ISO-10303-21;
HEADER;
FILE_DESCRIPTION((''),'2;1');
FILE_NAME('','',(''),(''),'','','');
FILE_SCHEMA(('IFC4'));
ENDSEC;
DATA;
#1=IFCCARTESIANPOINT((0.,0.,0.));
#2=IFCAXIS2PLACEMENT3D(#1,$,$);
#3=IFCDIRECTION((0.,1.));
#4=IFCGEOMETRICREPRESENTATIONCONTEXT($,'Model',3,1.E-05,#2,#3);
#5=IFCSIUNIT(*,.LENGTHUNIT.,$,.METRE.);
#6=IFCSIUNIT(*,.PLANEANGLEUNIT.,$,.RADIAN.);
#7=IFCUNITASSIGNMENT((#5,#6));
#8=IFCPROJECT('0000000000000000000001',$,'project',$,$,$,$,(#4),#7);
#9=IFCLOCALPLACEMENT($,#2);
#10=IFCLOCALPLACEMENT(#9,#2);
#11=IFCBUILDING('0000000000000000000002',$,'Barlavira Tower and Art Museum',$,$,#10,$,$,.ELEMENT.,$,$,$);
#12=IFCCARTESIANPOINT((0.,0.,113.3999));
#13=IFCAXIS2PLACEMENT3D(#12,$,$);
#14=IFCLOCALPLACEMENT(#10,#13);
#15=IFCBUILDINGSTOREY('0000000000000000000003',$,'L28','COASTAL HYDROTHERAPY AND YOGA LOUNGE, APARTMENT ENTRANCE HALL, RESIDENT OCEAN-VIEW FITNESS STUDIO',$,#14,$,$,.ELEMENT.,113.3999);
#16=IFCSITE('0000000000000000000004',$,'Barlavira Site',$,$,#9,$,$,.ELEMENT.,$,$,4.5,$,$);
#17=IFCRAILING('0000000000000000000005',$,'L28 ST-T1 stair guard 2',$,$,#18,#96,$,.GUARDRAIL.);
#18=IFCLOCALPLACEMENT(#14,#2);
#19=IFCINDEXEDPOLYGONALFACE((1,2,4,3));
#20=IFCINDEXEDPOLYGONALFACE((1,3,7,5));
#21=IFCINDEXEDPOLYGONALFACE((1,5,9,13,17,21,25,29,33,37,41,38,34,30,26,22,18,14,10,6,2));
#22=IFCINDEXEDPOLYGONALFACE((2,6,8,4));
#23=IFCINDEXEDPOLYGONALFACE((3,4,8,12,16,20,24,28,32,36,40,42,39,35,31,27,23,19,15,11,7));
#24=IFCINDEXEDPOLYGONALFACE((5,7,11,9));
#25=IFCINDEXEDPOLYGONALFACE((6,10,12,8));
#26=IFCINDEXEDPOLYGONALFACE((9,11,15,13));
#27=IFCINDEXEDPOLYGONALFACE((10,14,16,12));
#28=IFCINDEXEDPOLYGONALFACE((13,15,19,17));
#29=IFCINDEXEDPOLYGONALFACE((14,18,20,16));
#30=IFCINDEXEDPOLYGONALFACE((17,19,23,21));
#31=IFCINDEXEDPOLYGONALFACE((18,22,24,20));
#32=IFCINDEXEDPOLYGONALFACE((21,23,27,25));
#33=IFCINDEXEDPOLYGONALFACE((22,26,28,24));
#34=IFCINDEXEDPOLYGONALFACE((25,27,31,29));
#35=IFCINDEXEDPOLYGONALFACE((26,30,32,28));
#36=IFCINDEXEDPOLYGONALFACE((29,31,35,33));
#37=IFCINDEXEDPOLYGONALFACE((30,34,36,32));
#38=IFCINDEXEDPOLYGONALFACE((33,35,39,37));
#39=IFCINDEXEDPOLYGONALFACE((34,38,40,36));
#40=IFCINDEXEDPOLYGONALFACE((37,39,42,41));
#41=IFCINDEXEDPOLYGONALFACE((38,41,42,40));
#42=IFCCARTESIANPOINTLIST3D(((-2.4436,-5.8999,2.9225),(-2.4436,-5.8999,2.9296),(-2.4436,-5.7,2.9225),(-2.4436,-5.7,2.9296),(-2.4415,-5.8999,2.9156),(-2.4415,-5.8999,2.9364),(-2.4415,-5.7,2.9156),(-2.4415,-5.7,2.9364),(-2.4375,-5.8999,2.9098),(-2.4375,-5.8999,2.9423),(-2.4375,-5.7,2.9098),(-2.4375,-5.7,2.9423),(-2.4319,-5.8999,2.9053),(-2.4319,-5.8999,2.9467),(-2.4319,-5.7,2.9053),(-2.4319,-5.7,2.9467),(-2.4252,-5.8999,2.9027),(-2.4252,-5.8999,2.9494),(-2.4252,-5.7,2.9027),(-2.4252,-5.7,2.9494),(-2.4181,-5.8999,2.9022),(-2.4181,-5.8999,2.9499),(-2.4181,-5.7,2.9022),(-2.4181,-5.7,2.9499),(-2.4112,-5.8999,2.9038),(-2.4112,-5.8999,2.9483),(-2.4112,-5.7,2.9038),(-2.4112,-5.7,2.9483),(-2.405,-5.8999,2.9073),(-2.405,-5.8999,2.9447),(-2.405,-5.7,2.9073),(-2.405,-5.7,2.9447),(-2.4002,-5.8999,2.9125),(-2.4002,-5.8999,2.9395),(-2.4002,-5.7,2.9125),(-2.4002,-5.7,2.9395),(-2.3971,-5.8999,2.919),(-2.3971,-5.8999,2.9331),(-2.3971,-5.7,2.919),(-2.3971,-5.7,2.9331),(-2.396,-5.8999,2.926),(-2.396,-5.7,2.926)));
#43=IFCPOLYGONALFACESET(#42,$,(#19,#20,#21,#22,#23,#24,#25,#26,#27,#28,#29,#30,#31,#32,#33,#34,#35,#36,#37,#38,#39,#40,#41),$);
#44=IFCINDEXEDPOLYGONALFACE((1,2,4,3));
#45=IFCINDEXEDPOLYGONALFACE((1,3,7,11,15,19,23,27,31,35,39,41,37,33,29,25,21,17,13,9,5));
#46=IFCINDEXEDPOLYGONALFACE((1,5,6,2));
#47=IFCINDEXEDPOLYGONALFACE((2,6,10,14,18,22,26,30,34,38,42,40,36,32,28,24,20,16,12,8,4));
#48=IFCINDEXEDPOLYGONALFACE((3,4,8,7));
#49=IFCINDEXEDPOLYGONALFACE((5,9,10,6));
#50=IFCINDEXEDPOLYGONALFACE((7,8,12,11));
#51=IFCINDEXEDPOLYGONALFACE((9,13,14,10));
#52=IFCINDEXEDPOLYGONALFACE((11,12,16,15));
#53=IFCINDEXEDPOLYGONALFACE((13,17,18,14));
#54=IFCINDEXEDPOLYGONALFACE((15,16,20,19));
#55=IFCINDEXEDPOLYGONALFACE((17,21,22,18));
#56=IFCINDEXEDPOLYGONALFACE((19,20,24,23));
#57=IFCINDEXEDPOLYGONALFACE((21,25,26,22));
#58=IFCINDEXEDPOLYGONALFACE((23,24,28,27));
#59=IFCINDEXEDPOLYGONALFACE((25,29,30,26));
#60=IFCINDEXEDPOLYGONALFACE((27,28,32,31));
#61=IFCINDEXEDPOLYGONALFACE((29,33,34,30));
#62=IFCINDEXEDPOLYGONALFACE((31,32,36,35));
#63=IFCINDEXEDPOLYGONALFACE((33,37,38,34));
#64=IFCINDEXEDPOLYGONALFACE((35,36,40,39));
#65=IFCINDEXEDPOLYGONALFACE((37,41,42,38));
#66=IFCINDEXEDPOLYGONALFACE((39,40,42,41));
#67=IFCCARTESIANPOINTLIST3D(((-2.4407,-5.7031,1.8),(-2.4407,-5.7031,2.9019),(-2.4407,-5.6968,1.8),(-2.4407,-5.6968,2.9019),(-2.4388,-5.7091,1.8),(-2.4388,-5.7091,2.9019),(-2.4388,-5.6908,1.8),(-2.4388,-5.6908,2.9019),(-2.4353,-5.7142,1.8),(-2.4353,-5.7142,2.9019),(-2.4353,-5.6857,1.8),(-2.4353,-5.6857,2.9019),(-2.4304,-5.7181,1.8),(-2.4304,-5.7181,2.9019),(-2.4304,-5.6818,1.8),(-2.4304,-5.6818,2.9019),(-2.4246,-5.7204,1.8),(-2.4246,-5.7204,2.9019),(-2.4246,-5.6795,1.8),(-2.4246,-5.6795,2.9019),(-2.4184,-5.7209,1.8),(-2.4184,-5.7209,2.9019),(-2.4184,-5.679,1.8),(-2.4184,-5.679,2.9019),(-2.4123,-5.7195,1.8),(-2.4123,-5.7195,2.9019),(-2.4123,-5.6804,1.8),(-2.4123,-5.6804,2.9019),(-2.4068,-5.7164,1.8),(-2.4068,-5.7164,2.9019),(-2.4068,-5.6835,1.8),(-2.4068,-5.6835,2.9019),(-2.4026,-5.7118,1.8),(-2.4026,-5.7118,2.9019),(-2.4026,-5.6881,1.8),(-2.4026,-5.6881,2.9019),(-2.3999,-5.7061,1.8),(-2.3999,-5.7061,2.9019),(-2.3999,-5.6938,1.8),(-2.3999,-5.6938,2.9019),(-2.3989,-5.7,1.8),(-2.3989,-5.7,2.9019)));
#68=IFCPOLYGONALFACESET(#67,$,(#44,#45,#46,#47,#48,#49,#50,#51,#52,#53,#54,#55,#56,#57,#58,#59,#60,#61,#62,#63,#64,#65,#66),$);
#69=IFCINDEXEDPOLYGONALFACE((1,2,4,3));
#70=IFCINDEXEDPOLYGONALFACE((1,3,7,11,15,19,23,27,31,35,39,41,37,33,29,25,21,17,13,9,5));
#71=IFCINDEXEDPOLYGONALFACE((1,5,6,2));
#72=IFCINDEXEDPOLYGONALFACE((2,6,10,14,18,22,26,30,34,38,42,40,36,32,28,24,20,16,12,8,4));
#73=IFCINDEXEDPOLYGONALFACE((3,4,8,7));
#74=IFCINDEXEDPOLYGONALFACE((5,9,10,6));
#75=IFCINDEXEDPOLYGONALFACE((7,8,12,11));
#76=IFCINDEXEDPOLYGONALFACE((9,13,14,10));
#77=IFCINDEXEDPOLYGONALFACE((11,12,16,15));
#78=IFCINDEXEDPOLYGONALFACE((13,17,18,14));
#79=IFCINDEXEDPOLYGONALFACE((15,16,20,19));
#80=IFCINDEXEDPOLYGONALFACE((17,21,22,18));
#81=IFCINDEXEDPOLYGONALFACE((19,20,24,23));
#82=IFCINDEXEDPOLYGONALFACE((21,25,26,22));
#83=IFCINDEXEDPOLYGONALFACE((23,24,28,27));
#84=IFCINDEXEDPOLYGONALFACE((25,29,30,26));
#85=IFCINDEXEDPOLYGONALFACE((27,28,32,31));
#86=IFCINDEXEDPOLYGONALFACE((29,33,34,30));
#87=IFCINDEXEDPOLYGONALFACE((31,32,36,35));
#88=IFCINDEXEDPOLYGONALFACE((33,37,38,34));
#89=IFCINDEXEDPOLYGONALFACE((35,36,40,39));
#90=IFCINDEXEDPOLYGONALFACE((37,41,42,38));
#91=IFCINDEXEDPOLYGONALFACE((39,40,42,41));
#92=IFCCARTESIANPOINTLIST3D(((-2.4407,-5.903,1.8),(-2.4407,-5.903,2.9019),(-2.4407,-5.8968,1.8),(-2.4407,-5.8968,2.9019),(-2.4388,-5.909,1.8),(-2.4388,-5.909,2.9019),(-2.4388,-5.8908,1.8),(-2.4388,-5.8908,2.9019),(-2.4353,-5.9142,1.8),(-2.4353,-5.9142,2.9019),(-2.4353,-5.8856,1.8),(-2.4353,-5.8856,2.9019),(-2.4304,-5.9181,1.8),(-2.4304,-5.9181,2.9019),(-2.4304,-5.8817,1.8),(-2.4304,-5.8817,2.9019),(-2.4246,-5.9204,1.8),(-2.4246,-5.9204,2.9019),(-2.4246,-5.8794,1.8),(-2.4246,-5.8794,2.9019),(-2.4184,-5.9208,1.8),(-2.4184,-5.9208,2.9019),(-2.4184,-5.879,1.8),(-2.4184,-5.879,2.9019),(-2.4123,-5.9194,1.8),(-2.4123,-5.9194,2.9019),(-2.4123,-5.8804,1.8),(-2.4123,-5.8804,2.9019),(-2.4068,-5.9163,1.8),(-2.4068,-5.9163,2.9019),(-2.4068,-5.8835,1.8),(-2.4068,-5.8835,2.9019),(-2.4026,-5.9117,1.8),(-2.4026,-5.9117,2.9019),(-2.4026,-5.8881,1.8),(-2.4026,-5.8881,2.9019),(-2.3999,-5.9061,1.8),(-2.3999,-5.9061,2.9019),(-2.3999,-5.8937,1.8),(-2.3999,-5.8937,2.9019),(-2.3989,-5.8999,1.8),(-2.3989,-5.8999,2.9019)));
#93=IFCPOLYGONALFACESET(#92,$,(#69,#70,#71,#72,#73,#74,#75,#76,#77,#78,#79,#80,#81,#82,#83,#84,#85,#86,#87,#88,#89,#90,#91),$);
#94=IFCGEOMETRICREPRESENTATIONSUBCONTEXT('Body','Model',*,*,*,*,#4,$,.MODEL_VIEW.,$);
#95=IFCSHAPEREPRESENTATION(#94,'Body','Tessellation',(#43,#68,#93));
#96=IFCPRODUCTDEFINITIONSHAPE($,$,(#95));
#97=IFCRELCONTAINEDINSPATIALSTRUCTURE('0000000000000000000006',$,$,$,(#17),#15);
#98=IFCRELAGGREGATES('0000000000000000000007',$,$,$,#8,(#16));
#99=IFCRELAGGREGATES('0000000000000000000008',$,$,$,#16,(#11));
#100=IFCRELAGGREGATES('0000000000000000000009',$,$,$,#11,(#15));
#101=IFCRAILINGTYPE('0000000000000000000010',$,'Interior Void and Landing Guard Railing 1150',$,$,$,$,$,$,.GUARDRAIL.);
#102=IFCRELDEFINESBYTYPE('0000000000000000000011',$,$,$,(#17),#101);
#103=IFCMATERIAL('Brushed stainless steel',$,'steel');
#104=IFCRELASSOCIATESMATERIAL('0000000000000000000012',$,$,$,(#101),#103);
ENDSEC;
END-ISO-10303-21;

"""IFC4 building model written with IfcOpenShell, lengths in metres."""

from ifc_helpers import new_model, si_unit, direction, frame, origin, origin_2d, place, context, subcontext, project, spatial, circle, extrude, material, type_object, element, save


model = new_model("IFC4")

# Units and contexts
model_context = context("Model", 3, precision=1e-05, world=origin(), true_north=direction((0.0, 1.0)))
body_context = subcontext(model_context, "Body", "Model", "MODEL_VIEW")
ifc_project = project(units=[si_unit("LENGTHUNIT", "METRE"), si_unit("PLANEANGLEUNIT", "RADIAN")], contexts=[model_context])

# Site, building, storey
site_placement = place(None, origin())
site = spatial("IfcSite", under=ifc_project, at=site_placement, Name="Barlavira Site", CompositionType="ELEMENT", RefElevation=4.5)
building_placement = place(site_placement, origin())
building = spatial("IfcBuilding", under=site, at=building_placement, Name="Barlavira Tower and Art Museum", CompositionType="ELEMENT")
storey_placement = place(building_placement, frame((0.0, 0.0, 113.3999)))
storey = spatial("IfcBuildingStorey", under=building, at=storey_placement, Name="L28", Description="COASTAL HYDROTHERAPY AND YOGA LOUNGE, APARTMENT ENTRANCE HALL, RESIDENT OCEAN-VIEW FITNESS STUDIO", CompositionType="ELEMENT", Elevation=113.3999)

# Shared definitions
ifc_material_1 = material(Name="Brushed stainless steel", Category="steel")

# Railing
railing_type_1 = type_object("IfcRailingType", Name="Interior Void and Landing Guard Railing 1150", PredefinedType="GUARDRAIL", material=ifc_material_1)
railing_1_placement = place(storey_placement, frame((-2.4199, -5.7, 1.8)))
element("IfcRailing", 1, at=railing_1_placement, inside=storey, type_object=railing_type_1, Name="L28 ST-T1 stair guard 2", PredefinedType="GUARDRAIL", context=body_context, shape_type="SweptSolid", body=[
    extrude(circle(Radius=0.0239, at=origin_2d()), frame((0.0, 0.0, 1.126), z_axis=(0.0, -1.0, 0.0), x_axis=(1.0, 0.0, 0.0)), (0.0, 0.0, 1.0), 0.2),
    extrude(circle(Radius=0.021, at=origin_2d()), origin(), (0.0, 0.0, 1.0), 1.1018),
    extrude(circle(Radius=0.021, at=origin_2d()), frame((0.0, -0.2, 0.0)), (0.0, 0.0, 1.0), 1.1018),
])

save(model, "model.ifc")
